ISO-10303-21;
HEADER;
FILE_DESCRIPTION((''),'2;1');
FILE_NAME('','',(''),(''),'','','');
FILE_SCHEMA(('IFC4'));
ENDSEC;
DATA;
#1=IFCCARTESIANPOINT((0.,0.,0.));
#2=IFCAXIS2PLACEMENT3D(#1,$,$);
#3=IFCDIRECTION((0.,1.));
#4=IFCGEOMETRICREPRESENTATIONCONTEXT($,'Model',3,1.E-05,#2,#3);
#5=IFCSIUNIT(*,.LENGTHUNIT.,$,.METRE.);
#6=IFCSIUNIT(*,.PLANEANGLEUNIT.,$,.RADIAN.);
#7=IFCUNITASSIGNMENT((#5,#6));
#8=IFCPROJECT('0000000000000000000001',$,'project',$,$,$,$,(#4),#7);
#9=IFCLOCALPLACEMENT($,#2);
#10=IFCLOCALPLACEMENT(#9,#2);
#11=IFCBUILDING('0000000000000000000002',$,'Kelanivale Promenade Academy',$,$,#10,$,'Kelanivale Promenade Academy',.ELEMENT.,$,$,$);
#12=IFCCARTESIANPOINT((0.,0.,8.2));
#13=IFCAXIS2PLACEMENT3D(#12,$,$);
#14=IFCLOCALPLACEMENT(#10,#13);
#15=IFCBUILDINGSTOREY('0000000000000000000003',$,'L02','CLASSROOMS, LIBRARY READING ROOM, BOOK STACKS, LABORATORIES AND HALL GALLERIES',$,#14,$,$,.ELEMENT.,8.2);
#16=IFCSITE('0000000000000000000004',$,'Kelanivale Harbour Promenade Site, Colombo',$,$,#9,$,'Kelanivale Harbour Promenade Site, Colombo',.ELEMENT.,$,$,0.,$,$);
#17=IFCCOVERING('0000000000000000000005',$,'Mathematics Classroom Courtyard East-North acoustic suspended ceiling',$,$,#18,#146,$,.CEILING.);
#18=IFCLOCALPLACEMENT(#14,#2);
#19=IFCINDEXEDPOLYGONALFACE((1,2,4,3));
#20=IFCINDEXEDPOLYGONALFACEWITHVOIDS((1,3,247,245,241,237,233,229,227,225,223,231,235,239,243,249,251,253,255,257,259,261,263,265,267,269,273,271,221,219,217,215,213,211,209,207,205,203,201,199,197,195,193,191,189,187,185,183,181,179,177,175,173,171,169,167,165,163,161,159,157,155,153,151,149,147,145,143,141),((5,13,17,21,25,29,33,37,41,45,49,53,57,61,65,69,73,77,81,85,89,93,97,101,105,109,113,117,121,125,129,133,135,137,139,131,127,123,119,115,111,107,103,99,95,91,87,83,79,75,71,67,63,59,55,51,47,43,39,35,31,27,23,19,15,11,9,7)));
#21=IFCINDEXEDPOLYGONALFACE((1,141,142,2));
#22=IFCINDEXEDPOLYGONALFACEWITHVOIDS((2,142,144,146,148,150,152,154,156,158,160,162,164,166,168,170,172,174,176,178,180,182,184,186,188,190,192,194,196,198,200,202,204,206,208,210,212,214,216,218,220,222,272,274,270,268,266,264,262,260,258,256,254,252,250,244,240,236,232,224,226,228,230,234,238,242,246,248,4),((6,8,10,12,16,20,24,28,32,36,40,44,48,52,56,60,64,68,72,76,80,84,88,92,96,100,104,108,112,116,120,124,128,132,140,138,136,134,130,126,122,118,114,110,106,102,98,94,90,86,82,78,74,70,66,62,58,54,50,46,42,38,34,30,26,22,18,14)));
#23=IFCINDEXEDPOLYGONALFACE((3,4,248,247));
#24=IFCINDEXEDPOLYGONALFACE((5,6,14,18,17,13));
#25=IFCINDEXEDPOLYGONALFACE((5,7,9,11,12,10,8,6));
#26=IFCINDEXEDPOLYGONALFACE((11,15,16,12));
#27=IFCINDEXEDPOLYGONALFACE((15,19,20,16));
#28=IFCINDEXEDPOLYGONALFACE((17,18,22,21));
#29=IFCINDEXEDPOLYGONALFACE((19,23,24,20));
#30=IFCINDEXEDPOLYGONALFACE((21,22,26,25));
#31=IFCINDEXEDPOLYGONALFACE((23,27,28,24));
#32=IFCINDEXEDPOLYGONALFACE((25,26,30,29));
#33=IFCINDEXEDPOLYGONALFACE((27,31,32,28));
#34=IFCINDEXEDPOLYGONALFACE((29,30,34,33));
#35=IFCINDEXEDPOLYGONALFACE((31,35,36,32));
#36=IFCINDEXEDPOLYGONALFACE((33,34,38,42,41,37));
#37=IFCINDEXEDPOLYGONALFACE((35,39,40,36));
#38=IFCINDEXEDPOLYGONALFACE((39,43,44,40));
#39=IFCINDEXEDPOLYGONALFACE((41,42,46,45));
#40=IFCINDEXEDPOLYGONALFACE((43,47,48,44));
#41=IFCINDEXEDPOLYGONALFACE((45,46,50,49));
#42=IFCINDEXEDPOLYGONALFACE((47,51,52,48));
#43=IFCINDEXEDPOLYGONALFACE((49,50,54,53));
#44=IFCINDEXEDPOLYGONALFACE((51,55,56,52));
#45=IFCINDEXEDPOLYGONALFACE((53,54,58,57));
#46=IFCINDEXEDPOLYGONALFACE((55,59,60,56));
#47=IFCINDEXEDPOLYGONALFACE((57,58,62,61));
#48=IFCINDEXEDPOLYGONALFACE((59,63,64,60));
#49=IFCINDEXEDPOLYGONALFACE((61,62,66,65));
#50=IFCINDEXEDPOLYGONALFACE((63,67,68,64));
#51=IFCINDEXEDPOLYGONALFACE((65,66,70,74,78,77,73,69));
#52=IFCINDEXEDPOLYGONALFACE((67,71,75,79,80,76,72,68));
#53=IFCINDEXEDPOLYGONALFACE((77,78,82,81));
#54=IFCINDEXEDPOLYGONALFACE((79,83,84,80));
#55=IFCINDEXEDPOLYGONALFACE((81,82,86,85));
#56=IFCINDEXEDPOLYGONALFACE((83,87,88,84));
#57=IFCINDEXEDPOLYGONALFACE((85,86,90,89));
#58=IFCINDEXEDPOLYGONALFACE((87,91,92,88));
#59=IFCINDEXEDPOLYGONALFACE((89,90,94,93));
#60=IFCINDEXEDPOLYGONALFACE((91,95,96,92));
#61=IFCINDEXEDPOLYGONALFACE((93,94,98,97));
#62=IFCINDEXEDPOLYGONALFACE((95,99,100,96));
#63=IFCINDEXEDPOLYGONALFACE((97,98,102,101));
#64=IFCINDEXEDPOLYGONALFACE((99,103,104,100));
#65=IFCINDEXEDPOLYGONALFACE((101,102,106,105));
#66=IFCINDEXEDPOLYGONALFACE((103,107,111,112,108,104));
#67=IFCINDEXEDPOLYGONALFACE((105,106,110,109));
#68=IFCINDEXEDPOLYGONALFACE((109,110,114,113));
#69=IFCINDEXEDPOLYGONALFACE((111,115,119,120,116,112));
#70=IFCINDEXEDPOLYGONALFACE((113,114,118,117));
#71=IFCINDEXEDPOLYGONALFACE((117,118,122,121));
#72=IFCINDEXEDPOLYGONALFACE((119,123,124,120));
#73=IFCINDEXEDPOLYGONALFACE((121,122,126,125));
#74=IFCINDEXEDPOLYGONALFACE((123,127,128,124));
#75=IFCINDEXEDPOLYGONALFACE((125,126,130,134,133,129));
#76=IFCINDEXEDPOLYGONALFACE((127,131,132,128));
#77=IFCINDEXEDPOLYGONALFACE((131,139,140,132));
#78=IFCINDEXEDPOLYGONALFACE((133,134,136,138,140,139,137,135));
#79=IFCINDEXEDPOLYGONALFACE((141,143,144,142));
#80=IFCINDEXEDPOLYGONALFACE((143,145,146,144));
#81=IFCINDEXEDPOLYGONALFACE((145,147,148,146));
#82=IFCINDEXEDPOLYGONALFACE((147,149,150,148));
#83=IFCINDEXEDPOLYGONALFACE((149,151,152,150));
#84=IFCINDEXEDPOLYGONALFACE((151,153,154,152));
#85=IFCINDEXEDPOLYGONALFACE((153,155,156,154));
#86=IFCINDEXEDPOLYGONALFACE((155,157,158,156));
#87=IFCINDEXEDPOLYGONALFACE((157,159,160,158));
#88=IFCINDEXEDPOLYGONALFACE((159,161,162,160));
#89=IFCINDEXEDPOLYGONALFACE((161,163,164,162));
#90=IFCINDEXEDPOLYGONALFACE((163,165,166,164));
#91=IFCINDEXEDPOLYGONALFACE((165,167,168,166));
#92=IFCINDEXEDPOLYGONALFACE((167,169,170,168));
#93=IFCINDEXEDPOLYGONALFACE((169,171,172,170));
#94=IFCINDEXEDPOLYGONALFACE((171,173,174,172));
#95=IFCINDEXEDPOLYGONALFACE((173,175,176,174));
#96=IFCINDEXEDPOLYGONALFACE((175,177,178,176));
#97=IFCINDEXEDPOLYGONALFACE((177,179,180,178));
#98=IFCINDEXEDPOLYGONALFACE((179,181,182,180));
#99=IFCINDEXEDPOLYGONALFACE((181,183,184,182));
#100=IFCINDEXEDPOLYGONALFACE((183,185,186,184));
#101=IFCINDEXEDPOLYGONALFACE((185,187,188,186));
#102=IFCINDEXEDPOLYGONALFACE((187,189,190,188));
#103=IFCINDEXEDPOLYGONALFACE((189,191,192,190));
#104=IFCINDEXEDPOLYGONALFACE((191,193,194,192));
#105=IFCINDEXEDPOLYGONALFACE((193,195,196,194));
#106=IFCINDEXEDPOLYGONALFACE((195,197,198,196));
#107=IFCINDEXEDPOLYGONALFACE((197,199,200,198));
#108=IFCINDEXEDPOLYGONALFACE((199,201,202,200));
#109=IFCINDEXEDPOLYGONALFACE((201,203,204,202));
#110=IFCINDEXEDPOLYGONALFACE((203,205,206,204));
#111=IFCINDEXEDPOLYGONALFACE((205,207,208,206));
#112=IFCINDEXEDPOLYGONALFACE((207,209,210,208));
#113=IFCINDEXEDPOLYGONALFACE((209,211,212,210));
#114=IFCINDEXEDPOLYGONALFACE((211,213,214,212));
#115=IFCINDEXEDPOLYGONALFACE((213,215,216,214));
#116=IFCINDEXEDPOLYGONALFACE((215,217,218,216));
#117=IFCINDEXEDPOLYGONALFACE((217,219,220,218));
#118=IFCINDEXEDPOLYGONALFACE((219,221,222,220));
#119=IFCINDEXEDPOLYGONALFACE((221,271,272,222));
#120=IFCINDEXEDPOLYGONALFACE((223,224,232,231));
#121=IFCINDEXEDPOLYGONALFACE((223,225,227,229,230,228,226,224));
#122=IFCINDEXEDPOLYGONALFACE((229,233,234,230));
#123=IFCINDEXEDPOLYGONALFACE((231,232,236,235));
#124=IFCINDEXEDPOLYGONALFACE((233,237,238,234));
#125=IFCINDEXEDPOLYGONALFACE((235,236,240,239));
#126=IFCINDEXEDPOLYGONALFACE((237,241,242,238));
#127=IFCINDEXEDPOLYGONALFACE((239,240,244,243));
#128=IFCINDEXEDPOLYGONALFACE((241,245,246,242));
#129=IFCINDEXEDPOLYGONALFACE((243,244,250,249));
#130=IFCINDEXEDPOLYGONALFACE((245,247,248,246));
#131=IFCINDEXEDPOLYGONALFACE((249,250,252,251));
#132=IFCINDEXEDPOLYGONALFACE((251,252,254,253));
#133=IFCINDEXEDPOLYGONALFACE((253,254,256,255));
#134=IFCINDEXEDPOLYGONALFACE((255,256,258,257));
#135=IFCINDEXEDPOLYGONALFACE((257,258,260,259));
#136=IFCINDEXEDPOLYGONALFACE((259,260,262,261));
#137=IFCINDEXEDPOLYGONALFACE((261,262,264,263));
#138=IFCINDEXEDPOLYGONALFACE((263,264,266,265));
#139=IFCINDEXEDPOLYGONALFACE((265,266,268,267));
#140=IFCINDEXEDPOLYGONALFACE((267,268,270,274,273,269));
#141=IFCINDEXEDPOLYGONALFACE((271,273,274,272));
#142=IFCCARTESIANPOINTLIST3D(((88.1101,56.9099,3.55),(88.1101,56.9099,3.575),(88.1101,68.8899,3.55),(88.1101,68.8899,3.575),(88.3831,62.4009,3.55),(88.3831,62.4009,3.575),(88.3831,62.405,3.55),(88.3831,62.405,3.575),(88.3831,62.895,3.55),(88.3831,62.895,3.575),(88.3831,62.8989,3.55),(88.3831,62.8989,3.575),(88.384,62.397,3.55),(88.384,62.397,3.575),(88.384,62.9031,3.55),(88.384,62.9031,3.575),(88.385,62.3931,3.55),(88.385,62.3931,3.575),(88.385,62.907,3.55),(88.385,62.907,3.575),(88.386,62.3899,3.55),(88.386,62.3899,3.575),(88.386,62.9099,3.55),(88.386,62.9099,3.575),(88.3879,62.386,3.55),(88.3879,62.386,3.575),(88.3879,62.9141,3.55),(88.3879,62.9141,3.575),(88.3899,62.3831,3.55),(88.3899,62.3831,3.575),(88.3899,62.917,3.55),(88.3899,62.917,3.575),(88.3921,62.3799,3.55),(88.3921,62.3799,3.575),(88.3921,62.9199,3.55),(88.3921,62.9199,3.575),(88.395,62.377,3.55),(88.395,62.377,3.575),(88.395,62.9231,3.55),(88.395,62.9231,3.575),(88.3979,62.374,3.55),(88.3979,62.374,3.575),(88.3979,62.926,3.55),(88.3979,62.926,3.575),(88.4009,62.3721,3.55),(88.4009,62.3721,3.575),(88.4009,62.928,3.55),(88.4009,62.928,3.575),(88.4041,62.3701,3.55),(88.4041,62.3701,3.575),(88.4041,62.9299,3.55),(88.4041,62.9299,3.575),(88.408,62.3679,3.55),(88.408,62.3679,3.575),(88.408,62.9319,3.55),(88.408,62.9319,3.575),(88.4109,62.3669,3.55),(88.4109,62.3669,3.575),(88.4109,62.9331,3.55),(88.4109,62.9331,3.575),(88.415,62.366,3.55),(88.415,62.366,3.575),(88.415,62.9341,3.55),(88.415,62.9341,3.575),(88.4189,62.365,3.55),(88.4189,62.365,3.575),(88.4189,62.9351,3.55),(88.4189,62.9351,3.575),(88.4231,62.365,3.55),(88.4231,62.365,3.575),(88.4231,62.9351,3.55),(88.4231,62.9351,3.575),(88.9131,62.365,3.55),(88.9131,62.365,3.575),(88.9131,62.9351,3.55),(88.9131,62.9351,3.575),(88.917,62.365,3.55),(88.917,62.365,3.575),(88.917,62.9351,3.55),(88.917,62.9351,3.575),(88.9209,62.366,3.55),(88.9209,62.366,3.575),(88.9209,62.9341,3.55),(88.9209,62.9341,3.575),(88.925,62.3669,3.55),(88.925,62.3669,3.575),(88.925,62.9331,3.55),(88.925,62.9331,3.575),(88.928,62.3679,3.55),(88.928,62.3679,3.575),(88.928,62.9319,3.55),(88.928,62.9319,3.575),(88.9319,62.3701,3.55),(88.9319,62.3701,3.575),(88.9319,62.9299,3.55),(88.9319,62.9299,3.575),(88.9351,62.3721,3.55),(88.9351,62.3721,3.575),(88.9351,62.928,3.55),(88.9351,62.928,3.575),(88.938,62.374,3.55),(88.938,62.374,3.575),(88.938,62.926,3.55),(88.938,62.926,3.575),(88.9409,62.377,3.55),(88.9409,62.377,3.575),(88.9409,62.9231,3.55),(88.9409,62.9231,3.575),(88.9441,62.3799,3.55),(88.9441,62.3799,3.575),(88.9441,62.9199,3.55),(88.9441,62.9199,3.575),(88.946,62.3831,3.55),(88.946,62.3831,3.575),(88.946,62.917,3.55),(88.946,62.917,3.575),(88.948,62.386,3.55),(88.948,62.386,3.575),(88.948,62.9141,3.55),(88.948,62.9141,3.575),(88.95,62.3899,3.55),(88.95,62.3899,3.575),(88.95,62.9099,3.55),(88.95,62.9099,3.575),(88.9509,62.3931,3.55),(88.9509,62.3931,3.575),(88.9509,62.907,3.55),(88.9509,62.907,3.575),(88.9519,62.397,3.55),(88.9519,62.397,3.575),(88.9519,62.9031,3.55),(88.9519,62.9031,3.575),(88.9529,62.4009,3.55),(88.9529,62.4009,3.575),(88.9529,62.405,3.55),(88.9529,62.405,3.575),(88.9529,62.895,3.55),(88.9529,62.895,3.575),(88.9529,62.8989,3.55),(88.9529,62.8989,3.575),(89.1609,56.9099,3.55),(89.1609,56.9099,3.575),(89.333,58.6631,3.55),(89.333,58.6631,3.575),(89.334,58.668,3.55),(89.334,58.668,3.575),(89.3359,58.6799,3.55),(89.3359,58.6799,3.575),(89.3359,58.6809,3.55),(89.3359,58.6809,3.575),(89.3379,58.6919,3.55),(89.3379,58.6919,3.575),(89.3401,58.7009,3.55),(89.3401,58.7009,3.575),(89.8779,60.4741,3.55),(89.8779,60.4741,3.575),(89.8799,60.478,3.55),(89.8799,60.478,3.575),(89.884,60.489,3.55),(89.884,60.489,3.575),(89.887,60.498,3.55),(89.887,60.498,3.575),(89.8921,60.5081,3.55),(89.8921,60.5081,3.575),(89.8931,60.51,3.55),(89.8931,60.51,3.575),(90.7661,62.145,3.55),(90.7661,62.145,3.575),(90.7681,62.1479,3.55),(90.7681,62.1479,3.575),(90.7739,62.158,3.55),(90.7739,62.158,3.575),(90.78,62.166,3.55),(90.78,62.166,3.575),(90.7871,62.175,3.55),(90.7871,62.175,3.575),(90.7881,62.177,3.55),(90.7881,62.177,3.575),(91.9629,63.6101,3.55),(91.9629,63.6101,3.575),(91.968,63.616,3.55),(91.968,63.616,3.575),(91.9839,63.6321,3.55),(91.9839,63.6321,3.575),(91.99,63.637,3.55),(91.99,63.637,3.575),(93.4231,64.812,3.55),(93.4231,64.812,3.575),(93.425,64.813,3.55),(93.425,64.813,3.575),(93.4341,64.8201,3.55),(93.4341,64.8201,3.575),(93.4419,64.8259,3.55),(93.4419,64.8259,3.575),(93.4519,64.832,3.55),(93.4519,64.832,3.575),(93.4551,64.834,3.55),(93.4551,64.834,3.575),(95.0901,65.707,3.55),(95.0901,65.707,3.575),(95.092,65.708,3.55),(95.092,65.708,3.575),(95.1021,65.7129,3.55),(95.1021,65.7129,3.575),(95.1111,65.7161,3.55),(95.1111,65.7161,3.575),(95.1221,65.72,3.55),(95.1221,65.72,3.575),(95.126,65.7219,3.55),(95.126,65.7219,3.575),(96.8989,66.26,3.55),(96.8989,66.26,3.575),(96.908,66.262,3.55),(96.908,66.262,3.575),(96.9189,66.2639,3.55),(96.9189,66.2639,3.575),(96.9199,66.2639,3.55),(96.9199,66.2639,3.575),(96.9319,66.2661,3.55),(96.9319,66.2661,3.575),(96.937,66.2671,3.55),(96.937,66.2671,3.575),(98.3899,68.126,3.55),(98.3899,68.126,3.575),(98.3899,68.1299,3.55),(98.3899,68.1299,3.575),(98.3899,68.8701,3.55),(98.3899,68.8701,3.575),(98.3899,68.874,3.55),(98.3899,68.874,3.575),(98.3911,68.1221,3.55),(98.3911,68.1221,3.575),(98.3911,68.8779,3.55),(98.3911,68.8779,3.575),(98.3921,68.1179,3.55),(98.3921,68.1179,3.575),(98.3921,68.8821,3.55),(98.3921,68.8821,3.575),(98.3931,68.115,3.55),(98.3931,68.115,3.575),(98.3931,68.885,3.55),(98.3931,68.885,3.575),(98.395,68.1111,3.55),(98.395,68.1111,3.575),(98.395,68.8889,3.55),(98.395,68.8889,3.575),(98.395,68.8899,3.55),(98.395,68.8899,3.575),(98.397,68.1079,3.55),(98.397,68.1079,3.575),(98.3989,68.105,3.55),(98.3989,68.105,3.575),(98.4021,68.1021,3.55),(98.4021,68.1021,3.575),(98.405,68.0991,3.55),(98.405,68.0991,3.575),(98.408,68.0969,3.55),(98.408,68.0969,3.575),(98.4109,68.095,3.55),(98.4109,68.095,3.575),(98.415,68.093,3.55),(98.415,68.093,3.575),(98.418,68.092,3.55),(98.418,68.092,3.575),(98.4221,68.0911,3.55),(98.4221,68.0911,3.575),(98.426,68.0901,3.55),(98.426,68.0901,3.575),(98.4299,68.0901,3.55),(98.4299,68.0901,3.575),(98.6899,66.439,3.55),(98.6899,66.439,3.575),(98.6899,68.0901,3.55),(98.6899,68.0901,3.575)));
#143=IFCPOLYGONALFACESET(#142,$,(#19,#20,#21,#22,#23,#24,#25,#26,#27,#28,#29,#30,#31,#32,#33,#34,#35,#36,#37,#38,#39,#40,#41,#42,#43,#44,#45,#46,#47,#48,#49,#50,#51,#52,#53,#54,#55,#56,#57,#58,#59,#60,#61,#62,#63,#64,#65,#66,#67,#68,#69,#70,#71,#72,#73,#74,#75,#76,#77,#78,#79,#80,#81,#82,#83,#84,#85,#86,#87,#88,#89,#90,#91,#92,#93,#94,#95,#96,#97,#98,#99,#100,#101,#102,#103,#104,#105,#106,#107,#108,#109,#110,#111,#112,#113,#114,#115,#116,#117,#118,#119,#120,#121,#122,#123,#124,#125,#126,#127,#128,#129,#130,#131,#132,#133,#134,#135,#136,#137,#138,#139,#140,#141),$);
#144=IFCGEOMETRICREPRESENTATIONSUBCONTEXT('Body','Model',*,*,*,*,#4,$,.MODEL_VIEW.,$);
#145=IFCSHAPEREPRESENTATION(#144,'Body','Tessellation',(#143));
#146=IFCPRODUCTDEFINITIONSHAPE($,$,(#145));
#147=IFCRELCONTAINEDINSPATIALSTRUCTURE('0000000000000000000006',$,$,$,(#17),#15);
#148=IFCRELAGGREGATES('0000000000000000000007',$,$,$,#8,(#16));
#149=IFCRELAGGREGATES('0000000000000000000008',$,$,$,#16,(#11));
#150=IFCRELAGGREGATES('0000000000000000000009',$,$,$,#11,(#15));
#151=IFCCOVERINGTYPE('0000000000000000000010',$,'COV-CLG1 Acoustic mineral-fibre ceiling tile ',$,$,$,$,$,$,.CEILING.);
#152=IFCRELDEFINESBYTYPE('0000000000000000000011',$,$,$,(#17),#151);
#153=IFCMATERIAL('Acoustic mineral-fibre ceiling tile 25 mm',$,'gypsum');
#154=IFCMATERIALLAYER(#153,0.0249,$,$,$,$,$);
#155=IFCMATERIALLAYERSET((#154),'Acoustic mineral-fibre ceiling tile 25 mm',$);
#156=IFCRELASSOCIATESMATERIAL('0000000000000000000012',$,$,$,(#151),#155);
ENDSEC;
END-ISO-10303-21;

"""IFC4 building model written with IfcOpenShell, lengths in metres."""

from ifc_helpers import new_model, si_unit, direction, frame, origin, place, context, subcontext, project, spatial, polyline, outline, extrude, material, layer, layer_set, type_object, element, save


model = new_model("IFC4")

# Units and contexts
model_context = context("Model", 3, precision=1e-05, world=origin(), true_north=direction((0.0, 1.0)))
body_context = subcontext(model_context, "Body", "Model", "MODEL_VIEW")
ifc_project = project(units=[si_unit("LENGTHUNIT", "METRE"), si_unit("PLANEANGLEUNIT", "RADIAN")], contexts=[model_context])

# Site, building, storey
site_placement = place(None, origin())
site = spatial("IfcSite", under=ifc_project, at=site_placement, Name="Kelanivale Harbour Promenade Site, Colombo", LongName="Kelanivale Harbour Promenade Site, Colombo", CompositionType="ELEMENT", RefElevation=0.0)
building_placement = place(site_placement, origin())
building = spatial("IfcBuilding", under=site, at=building_placement, Name="Kelanivale Promenade Academy", LongName="Kelanivale Promenade Academy", CompositionType="ELEMENT")
storey_placement = place(building_placement, frame((0.0, 0.0, 8.2)))
storey = spatial("IfcBuildingStorey", under=building, at=storey_placement, Name="L02", Description="CLASSROOMS, LIBRARY READING ROOM, BOOK STACKS, LABORATORIES AND HALL GALLERIES", CompositionType="ELEMENT", Elevation=8.2)

# Covering
ifc_material_1 = material(Name="Acoustic mineral-fibre ceiling tile 25 mm", Category="gypsum")
ifc_layer_1 = layer(ifc_material_1, 0.0249)
ifc_layer_set_1 = layer_set([ifc_layer_1], Name="Acoustic mineral-fibre ceiling tile 25 mm")
covering_type_1 = type_object("IfcCoveringType", Name="COV-CLG1 Acoustic mineral-fibre ceiling tile ", PredefinedType="CEILING", material=ifc_layer_set_1)
covering_1_placement = place(storey_placement, frame((0.0, 0.0, 3.55)))
element("IfcCovering", 1, at=covering_1_placement, inside=storey, type_object=covering_type_1, Name="Mathematics Classroom Courtyard East-North acoustic suspended ceiling", PredefinedType="CEILING", context=body_context, shape_type="SweptSolid", body=[
    extrude(outline(polyline([(89.1609, 56.9099), (89.333, 58.6631), (89.334, 58.668), (89.3359, 58.6799), (89.3359, 58.6809), (89.3379, 58.6919), (89.3401, 58.7009), (89.8779, 60.4741), (89.8799, 60.478), (89.884, 60.489), (89.887, 60.498), (89.8921, 60.5081), (89.8931, 60.51), (90.7661, 62.145), (90.7681, 62.1479), (90.7739, 62.158), (90.78, 62.166), (90.7871, 62.175), (90.7881, 62.177), (91.9629, 63.6101), (91.968, 63.616), (91.9839, 63.6321), (91.99, 63.637), (93.4231, 64.812), (93.425, 64.813), (93.4341, 64.8201), (93.4419, 64.8259), (93.4519, 64.832), (93.4551, 64.834), (95.0901, 65.707), (95.092, 65.708), (95.1021, 65.7129), (95.1111, 65.7161), (95.1221, 65.72), (95.126, 65.7219), (96.8989, 66.26), (96.908, 66.262), (96.9189, 66.2639), (96.9199, 66.2639), (96.9319, 66.2661), (96.937, 66.2671), (98.6899, 66.439), (98.6899, 68.0901), (98.4299, 68.0901), (98.426, 68.0901), (98.4221, 68.0911), (98.418, 68.092), (98.415, 68.093), (98.4109, 68.095), (98.408, 68.0969), (98.405, 68.0991), (98.4021, 68.1021), (98.3989, 68.105), (98.397, 68.1079), (98.395, 68.1111), (98.3931, 68.115), (98.3921, 68.1179), (98.3911, 68.1221), (98.3899, 68.126), (98.3899, 68.1299), (98.3899, 68.8701), (98.3899, 68.874), (98.3911, 68.8779), (98.3921, 68.8821), (98.3931, 68.885), (98.395, 68.8889), (98.395, 68.8899), (88.1101, 68.8899), (88.1101, 56.9099), (89.1609, 56.9099)]), holes=[polyline([(88.9529, 62.405), (88.9529, 62.4009), (88.9519, 62.397), (88.9509, 62.3931), (88.95, 62.3899), (88.948, 62.386), (88.946, 62.3831), (88.9441, 62.3799), (88.9409, 62.377), (88.938, 62.374), (88.9351, 62.3721), (88.9319, 62.3701), (88.928, 62.3679), (88.925, 62.3669), (88.9209, 62.366), (88.917, 62.365), (88.9131, 62.365), (88.4231, 62.365), (88.4189, 62.365), (88.415, 62.366), (88.4109, 62.3669), (88.408, 62.3679), (88.4041, 62.3701), (88.4009, 62.3721), (88.3979, 62.374), (88.395, 62.377), (88.3921, 62.3799), (88.3899, 62.3831), (88.3879, 62.386), (88.386, 62.3899), (88.385, 62.3931), (88.384, 62.397), (88.3831, 62.4009), (88.3831, 62.405), (88.3831, 62.895), (88.3831, 62.8989), (88.384, 62.9031), (88.385, 62.907), (88.386, 62.9099), (88.3879, 62.9141), (88.3899, 62.917), (88.3921, 62.9199), (88.395, 62.9231), (88.3979, 62.926), (88.4009, 62.928), (88.4041, 62.9299), (88.408, 62.9319), (88.4109, 62.9331), (88.415, 62.9341), (88.4189, 62.9351), (88.4231, 62.9351), (88.9131, 62.9351), (88.917, 62.9351), (88.9209, 62.9341), (88.925, 62.9331), (88.928, 62.9319), (88.9319, 62.9299), (88.9351, 62.928), (88.938, 62.926), (88.9409, 62.9231), (88.9441, 62.9199), (88.946, 62.917), (88.948, 62.9141), (88.95, 62.9099), (88.9509, 62.907), (88.9519, 62.9031), (88.9529, 62.8989), (88.9529, 62.895), (88.9529, 62.405)])]), origin(), (0.0, 0.0, 1.0), 0.0249),
])

save(model, "model.ifc")
